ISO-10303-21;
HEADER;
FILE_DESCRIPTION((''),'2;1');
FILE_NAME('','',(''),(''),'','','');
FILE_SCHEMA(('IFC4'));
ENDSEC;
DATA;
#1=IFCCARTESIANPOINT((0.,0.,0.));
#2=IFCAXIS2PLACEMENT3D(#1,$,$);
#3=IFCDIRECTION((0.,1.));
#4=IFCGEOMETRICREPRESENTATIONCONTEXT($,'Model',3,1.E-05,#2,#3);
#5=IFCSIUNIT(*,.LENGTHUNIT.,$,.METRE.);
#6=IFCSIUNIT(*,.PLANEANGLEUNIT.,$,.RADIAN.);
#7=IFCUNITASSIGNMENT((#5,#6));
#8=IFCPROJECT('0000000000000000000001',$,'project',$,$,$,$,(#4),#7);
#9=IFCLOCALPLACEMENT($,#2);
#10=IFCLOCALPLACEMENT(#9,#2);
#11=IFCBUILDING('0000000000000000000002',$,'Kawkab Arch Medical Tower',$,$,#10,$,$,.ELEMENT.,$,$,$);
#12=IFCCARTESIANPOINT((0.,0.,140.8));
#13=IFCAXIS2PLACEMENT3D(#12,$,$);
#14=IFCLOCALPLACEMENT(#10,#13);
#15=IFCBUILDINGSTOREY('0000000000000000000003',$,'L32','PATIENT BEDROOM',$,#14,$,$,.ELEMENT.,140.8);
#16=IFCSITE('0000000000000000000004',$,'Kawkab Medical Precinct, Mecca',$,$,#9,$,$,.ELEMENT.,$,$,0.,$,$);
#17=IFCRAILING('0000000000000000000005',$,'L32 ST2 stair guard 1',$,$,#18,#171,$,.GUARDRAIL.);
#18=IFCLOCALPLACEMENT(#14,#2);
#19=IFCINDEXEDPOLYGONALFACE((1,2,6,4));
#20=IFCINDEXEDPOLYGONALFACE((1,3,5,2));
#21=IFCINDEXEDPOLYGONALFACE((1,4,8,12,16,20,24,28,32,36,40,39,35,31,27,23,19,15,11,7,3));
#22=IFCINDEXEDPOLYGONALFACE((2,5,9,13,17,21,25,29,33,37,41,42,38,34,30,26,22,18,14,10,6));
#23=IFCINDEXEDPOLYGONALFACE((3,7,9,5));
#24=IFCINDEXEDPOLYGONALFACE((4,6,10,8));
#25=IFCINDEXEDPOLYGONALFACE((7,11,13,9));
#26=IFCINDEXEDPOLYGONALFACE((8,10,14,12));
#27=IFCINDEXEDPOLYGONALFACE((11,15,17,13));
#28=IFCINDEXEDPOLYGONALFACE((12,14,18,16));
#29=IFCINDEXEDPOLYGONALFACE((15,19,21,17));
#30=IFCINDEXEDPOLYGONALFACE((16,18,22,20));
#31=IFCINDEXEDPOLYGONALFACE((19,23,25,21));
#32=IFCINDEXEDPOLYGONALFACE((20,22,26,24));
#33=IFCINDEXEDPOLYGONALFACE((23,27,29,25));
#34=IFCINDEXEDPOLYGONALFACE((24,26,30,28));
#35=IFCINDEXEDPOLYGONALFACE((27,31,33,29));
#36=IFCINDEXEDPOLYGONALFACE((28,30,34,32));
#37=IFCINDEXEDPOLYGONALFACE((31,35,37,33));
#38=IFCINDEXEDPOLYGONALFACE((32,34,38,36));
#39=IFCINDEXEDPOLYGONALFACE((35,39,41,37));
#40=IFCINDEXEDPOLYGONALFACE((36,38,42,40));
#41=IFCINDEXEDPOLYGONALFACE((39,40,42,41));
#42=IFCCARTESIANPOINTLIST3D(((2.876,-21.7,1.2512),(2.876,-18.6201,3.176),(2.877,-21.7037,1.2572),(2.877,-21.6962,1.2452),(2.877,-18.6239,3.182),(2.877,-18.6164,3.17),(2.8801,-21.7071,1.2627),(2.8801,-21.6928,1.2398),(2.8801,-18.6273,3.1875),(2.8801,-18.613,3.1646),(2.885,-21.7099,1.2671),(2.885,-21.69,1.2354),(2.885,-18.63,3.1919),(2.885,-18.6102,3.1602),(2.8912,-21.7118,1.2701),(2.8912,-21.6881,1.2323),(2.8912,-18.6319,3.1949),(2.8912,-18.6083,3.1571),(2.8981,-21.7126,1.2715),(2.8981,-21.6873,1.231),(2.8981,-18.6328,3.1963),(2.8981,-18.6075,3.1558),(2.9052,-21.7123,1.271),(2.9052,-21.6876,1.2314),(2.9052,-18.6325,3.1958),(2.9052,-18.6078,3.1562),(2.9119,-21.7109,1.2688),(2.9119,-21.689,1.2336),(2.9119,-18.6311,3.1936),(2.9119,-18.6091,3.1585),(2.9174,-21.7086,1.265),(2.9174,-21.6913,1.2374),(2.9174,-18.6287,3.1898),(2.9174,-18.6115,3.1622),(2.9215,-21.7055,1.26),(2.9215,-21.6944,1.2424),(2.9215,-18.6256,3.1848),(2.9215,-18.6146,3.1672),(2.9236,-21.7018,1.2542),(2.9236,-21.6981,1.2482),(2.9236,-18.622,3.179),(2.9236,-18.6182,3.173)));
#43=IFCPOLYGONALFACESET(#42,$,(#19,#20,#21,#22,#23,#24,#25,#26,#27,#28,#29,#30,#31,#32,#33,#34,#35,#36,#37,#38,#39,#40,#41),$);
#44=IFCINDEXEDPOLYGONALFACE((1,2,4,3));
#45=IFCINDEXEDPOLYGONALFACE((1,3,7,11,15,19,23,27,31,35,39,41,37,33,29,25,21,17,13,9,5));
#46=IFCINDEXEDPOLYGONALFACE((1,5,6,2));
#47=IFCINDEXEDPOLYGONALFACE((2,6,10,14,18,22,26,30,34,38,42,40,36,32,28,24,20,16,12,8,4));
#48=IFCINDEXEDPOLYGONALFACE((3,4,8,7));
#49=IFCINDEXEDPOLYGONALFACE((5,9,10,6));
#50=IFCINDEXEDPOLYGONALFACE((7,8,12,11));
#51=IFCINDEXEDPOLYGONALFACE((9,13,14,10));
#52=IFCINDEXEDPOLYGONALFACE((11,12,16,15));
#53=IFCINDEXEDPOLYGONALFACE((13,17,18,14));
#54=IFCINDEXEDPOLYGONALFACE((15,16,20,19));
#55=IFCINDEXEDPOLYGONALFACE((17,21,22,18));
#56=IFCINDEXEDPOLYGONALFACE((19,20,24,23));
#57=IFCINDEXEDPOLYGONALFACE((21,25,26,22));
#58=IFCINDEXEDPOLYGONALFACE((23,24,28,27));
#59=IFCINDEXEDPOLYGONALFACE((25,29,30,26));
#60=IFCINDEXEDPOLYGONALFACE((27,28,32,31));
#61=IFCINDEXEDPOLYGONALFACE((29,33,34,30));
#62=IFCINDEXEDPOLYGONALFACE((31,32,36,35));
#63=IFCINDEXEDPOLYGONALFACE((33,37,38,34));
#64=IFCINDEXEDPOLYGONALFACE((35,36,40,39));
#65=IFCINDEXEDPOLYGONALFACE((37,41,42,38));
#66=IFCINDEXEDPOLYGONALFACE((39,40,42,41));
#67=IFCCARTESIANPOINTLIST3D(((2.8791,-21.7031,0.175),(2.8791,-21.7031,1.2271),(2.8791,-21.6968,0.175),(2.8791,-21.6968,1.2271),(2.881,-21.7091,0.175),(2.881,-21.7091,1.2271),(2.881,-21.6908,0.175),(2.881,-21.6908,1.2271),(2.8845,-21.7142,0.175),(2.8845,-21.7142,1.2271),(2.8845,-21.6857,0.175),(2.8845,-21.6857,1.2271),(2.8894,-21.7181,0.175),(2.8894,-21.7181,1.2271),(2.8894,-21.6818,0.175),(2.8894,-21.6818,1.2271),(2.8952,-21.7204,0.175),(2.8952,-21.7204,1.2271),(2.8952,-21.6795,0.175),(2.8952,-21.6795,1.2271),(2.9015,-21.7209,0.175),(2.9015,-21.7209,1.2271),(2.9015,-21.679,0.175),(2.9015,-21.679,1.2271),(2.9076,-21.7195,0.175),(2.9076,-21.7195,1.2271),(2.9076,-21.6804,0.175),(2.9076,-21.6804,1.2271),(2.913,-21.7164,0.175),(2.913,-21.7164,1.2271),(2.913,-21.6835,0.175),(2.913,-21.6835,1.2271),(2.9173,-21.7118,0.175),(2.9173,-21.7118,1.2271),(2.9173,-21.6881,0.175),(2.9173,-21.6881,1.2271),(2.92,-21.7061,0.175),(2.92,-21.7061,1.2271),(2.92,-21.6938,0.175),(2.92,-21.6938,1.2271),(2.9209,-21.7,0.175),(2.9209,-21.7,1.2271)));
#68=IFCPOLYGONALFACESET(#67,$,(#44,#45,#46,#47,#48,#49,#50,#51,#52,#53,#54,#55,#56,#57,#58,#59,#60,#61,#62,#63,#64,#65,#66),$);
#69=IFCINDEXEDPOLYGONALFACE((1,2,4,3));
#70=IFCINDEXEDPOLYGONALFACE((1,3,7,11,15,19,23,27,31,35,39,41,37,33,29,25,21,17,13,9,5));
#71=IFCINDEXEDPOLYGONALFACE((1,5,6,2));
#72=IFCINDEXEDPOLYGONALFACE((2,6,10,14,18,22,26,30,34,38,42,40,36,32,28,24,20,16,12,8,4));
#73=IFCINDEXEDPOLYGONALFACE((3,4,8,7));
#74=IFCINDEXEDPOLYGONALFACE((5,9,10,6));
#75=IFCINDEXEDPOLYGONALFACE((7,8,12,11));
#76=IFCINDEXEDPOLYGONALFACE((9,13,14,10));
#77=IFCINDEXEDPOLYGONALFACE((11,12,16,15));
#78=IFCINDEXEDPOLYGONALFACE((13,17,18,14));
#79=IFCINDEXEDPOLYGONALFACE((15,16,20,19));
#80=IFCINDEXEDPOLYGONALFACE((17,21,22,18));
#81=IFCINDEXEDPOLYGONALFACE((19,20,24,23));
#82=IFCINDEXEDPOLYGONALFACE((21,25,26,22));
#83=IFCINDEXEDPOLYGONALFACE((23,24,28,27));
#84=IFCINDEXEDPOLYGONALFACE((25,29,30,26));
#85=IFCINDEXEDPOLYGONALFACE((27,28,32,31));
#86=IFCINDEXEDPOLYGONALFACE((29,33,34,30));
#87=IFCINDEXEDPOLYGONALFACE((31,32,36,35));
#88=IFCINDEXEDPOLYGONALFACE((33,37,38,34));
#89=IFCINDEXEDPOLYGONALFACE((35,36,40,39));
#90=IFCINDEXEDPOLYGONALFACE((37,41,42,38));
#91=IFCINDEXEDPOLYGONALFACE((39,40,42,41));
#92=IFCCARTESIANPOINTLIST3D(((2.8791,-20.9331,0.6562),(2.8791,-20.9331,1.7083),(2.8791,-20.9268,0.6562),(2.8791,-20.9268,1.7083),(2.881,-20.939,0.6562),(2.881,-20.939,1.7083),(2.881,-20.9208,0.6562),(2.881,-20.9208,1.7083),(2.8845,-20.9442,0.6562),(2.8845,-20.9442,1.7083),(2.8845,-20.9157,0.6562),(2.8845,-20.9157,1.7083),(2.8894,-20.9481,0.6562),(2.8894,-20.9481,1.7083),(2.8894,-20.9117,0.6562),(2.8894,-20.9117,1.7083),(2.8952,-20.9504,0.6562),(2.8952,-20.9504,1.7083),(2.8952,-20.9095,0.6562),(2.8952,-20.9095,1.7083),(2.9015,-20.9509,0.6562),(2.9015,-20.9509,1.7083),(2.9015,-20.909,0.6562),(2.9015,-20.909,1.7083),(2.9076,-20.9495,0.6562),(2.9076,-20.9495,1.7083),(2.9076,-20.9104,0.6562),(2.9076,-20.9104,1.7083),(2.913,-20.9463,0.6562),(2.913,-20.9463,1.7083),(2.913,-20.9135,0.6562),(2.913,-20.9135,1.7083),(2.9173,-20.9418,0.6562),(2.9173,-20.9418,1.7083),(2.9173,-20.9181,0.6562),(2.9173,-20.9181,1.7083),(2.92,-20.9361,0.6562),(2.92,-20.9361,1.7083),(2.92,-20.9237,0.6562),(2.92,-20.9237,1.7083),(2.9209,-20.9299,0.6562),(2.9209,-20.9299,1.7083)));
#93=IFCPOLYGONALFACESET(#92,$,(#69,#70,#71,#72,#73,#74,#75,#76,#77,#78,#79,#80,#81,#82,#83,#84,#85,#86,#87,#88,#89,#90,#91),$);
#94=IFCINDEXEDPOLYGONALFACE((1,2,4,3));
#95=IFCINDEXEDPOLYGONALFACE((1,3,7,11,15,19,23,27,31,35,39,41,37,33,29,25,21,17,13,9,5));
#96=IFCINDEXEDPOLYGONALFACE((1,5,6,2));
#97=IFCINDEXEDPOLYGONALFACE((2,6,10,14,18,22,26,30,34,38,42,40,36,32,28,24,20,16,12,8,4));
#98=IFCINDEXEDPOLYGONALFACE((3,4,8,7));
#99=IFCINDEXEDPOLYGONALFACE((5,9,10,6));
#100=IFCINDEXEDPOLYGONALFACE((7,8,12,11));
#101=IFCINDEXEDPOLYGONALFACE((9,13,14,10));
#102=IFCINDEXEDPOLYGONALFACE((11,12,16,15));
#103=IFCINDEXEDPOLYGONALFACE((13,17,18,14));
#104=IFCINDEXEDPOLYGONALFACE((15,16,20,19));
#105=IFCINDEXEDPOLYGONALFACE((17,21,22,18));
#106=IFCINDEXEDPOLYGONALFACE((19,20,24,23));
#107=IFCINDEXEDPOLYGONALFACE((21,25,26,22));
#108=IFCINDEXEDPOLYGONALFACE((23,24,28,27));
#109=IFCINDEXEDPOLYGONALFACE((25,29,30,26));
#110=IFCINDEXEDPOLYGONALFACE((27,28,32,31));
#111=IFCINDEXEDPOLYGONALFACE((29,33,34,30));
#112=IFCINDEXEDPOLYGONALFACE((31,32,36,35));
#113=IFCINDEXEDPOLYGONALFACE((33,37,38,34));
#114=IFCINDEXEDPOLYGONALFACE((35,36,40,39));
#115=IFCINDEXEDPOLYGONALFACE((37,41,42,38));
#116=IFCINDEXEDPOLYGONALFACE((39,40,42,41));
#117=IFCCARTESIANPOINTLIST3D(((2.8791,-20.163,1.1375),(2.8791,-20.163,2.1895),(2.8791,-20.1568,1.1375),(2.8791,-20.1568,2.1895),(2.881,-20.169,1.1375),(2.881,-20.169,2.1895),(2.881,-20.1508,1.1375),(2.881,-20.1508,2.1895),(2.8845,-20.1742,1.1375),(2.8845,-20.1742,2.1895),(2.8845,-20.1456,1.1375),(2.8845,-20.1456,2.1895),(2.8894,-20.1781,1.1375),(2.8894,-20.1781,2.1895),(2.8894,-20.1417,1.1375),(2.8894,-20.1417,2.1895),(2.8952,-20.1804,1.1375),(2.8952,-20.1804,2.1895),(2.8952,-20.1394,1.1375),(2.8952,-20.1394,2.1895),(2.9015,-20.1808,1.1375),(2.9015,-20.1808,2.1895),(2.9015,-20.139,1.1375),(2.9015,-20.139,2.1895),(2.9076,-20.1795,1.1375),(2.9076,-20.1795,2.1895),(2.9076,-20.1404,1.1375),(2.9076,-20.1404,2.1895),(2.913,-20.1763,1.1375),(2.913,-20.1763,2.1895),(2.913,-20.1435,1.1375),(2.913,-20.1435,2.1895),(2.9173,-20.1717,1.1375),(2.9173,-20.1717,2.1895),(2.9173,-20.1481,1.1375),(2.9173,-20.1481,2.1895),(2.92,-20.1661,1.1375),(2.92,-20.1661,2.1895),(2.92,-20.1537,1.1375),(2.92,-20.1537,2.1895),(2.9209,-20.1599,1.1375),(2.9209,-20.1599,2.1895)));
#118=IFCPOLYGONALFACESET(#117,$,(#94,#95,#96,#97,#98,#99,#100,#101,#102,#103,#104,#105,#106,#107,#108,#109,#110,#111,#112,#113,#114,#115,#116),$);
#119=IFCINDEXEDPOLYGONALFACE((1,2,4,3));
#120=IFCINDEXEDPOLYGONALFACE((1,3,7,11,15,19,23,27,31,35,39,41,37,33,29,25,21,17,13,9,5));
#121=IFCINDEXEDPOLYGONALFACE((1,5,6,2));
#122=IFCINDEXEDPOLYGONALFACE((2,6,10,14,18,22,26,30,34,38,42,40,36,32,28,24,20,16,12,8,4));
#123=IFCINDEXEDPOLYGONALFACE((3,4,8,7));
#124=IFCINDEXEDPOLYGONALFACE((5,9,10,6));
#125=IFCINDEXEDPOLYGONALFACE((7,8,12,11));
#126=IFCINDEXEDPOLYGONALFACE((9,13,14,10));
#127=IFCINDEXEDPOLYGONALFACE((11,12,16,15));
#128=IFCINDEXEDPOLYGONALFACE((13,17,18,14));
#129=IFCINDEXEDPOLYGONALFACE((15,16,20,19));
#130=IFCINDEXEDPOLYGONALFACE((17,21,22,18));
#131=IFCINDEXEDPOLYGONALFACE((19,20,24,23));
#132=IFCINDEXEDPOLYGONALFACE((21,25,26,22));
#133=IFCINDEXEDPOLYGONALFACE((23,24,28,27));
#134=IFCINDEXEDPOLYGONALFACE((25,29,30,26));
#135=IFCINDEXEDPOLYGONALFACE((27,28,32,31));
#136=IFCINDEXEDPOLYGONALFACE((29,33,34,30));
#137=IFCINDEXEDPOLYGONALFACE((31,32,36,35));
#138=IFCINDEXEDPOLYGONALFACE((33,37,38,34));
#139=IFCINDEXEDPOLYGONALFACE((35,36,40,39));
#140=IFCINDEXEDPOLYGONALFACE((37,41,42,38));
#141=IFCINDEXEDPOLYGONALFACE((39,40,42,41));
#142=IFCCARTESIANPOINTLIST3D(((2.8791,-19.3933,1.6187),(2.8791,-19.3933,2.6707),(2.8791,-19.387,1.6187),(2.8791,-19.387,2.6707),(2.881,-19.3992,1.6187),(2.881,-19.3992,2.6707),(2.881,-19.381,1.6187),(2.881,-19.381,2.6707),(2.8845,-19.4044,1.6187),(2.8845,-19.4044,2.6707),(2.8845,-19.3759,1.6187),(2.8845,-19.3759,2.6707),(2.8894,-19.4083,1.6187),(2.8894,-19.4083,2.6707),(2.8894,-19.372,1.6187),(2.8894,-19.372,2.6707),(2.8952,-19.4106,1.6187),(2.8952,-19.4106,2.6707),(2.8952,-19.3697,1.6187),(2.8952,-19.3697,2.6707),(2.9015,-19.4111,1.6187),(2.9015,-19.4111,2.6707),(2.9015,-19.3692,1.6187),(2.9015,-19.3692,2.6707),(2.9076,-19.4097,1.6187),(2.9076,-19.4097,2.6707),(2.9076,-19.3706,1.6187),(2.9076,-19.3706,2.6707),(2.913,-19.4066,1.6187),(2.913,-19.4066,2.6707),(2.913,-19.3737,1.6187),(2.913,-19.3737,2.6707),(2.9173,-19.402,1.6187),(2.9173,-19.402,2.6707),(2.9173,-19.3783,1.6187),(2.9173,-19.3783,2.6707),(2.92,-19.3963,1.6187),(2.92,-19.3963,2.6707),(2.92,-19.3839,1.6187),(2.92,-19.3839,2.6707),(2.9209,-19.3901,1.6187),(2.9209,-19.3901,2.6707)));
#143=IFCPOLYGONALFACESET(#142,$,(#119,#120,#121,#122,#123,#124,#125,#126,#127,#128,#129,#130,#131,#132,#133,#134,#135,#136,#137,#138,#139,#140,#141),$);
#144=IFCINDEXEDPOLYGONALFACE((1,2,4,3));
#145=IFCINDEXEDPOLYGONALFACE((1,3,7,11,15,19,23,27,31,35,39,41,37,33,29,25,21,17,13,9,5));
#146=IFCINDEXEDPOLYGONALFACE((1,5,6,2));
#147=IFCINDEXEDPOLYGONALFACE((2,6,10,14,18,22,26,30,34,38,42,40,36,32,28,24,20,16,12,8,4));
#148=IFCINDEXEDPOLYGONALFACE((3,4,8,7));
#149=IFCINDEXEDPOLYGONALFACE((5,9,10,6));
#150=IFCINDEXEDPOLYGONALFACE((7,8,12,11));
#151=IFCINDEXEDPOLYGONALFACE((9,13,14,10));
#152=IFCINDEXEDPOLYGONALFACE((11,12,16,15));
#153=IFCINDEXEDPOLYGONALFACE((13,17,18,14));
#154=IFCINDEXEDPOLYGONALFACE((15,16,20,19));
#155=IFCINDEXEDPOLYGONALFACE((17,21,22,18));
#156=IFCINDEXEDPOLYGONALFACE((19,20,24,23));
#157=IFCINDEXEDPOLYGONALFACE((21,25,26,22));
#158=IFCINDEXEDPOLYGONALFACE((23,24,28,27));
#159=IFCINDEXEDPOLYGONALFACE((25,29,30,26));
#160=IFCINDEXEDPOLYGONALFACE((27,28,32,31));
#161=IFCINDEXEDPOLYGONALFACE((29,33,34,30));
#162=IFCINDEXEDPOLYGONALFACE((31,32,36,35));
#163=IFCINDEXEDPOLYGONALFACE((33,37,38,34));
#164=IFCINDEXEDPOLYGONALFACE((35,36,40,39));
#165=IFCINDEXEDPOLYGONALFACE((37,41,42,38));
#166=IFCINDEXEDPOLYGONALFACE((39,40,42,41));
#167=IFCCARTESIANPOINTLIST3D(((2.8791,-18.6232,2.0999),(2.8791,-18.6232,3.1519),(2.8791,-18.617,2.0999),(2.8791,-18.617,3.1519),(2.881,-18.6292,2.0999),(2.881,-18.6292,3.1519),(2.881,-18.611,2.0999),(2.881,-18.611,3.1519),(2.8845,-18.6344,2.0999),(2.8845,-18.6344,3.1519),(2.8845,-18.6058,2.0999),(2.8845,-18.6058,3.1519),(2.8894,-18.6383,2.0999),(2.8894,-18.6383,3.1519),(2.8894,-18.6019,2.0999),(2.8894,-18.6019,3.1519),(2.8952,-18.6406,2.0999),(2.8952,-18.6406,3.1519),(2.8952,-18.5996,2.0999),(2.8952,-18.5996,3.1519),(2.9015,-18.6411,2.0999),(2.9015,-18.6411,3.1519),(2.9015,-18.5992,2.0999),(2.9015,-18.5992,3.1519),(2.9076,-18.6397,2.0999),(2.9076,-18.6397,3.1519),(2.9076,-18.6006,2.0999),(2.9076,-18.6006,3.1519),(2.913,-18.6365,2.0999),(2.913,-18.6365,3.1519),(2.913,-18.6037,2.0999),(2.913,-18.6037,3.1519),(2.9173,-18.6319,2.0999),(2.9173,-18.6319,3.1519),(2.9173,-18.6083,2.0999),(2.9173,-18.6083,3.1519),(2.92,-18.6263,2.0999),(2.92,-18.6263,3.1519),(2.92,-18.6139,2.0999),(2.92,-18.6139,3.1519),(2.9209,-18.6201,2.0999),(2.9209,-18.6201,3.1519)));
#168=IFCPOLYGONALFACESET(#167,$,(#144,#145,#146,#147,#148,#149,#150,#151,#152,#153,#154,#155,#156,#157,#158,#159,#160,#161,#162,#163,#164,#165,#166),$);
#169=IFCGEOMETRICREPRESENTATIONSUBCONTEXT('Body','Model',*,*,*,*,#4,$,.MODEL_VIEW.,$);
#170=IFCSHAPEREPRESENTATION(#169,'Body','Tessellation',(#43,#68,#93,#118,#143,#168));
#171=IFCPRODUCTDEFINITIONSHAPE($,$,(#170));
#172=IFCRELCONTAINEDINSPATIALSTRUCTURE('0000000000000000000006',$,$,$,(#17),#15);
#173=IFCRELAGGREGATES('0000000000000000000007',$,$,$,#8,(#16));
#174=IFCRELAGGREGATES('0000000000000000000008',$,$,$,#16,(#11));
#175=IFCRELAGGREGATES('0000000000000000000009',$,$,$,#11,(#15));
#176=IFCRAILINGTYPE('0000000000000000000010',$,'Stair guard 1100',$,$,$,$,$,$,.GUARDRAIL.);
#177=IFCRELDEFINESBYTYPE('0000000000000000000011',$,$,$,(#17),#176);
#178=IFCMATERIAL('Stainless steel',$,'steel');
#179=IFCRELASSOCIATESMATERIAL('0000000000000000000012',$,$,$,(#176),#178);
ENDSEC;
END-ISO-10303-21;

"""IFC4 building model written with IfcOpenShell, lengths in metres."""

from ifc_helpers import new_model, si_unit, direction, frame, origin, origin_2d, place, context, subcontext, project, spatial, circle, extrude, material, type_object, element, save


model = new_model("IFC4")

# Units and contexts
model_context = context("Model", 3, precision=1e-05, world=origin(), true_north=direction((0.0, 1.0)))
body_context = subcontext(model_context, "Body", "Model", "MODEL_VIEW")
ifc_project = project(units=[si_unit("LENGTHUNIT", "METRE"), si_unit("PLANEANGLEUNIT", "RADIAN")], contexts=[model_context])

# Site, building, storey
site_placement = place(None, origin())
site = spatial("IfcSite", under=ifc_project, at=site_placement, Name="Kawkab Medical Precinct, Mecca", CompositionType="ELEMENT", RefElevation=0.0)
building_placement = place(site_placement, origin())
building = spatial("IfcBuilding", under=site, at=building_placement, Name="Kawkab Arch Medical Tower", CompositionType="ELEMENT")
storey_placement = place(building_placement, frame((0.0, 0.0, 140.8)))
storey = spatial("IfcBuildingStorey", under=building, at=storey_placement, Name="L32", Description="PATIENT BEDROOM", CompositionType="ELEMENT", Elevation=140.8)

# Railing
ifc_material_1 = material(Name="Stainless steel", Category="steel")
railing_type = type_object("IfcRailingType", Name="Stair guard 1100", PredefinedType="GUARDRAIL", material=ifc_material_1)
railing_1_placement = place(storey_placement, frame((2.8999, -21.7, 0.175)))
element("IfcRailing", 1, at=railing_1_placement, inside=storey, type_object=railing_type, Name="L32 ST2 stair guard 1", PredefinedType="GUARDRAIL", context=body_context, shape_type="SweptSolid", body=[
    extrude(circle(Radius=0.0239, at=origin_2d()), frame((0.0, 0.0, 1.0762), z_axis=(0.0, 0.84801, 0.529981), x_axis=(-1.0, 0.0, 0.0)), (0.0, 0.0, 1.0), 3.6318),
    extrude(circle(Radius=0.021, at=origin_2d()), origin(), (0.0, 0.0, 1.0), 1.052),
    extrude(circle(Radius=0.021, at=origin_2d()), frame((0.0, 0.77, 0.4812)), (0.0, 0.0, 1.0), 1.052),
    extrude(circle(Radius=0.021, at=origin_2d()), frame((0.0, 1.54, 0.9624)), (0.0, 0.0, 1.0), 1.052),
    extrude(circle(Radius=0.021, at=origin_2d()), frame((0.0, 2.3098, 1.4436)), (0.0, 0.0, 1.0), 1.052),
    extrude(circle(Radius=0.021, at=origin_2d()), frame((0.0, 3.0798, 1.9248)), (0.0, 0.0, 1.0), 1.052),
])

save(model, "model.ifc")
